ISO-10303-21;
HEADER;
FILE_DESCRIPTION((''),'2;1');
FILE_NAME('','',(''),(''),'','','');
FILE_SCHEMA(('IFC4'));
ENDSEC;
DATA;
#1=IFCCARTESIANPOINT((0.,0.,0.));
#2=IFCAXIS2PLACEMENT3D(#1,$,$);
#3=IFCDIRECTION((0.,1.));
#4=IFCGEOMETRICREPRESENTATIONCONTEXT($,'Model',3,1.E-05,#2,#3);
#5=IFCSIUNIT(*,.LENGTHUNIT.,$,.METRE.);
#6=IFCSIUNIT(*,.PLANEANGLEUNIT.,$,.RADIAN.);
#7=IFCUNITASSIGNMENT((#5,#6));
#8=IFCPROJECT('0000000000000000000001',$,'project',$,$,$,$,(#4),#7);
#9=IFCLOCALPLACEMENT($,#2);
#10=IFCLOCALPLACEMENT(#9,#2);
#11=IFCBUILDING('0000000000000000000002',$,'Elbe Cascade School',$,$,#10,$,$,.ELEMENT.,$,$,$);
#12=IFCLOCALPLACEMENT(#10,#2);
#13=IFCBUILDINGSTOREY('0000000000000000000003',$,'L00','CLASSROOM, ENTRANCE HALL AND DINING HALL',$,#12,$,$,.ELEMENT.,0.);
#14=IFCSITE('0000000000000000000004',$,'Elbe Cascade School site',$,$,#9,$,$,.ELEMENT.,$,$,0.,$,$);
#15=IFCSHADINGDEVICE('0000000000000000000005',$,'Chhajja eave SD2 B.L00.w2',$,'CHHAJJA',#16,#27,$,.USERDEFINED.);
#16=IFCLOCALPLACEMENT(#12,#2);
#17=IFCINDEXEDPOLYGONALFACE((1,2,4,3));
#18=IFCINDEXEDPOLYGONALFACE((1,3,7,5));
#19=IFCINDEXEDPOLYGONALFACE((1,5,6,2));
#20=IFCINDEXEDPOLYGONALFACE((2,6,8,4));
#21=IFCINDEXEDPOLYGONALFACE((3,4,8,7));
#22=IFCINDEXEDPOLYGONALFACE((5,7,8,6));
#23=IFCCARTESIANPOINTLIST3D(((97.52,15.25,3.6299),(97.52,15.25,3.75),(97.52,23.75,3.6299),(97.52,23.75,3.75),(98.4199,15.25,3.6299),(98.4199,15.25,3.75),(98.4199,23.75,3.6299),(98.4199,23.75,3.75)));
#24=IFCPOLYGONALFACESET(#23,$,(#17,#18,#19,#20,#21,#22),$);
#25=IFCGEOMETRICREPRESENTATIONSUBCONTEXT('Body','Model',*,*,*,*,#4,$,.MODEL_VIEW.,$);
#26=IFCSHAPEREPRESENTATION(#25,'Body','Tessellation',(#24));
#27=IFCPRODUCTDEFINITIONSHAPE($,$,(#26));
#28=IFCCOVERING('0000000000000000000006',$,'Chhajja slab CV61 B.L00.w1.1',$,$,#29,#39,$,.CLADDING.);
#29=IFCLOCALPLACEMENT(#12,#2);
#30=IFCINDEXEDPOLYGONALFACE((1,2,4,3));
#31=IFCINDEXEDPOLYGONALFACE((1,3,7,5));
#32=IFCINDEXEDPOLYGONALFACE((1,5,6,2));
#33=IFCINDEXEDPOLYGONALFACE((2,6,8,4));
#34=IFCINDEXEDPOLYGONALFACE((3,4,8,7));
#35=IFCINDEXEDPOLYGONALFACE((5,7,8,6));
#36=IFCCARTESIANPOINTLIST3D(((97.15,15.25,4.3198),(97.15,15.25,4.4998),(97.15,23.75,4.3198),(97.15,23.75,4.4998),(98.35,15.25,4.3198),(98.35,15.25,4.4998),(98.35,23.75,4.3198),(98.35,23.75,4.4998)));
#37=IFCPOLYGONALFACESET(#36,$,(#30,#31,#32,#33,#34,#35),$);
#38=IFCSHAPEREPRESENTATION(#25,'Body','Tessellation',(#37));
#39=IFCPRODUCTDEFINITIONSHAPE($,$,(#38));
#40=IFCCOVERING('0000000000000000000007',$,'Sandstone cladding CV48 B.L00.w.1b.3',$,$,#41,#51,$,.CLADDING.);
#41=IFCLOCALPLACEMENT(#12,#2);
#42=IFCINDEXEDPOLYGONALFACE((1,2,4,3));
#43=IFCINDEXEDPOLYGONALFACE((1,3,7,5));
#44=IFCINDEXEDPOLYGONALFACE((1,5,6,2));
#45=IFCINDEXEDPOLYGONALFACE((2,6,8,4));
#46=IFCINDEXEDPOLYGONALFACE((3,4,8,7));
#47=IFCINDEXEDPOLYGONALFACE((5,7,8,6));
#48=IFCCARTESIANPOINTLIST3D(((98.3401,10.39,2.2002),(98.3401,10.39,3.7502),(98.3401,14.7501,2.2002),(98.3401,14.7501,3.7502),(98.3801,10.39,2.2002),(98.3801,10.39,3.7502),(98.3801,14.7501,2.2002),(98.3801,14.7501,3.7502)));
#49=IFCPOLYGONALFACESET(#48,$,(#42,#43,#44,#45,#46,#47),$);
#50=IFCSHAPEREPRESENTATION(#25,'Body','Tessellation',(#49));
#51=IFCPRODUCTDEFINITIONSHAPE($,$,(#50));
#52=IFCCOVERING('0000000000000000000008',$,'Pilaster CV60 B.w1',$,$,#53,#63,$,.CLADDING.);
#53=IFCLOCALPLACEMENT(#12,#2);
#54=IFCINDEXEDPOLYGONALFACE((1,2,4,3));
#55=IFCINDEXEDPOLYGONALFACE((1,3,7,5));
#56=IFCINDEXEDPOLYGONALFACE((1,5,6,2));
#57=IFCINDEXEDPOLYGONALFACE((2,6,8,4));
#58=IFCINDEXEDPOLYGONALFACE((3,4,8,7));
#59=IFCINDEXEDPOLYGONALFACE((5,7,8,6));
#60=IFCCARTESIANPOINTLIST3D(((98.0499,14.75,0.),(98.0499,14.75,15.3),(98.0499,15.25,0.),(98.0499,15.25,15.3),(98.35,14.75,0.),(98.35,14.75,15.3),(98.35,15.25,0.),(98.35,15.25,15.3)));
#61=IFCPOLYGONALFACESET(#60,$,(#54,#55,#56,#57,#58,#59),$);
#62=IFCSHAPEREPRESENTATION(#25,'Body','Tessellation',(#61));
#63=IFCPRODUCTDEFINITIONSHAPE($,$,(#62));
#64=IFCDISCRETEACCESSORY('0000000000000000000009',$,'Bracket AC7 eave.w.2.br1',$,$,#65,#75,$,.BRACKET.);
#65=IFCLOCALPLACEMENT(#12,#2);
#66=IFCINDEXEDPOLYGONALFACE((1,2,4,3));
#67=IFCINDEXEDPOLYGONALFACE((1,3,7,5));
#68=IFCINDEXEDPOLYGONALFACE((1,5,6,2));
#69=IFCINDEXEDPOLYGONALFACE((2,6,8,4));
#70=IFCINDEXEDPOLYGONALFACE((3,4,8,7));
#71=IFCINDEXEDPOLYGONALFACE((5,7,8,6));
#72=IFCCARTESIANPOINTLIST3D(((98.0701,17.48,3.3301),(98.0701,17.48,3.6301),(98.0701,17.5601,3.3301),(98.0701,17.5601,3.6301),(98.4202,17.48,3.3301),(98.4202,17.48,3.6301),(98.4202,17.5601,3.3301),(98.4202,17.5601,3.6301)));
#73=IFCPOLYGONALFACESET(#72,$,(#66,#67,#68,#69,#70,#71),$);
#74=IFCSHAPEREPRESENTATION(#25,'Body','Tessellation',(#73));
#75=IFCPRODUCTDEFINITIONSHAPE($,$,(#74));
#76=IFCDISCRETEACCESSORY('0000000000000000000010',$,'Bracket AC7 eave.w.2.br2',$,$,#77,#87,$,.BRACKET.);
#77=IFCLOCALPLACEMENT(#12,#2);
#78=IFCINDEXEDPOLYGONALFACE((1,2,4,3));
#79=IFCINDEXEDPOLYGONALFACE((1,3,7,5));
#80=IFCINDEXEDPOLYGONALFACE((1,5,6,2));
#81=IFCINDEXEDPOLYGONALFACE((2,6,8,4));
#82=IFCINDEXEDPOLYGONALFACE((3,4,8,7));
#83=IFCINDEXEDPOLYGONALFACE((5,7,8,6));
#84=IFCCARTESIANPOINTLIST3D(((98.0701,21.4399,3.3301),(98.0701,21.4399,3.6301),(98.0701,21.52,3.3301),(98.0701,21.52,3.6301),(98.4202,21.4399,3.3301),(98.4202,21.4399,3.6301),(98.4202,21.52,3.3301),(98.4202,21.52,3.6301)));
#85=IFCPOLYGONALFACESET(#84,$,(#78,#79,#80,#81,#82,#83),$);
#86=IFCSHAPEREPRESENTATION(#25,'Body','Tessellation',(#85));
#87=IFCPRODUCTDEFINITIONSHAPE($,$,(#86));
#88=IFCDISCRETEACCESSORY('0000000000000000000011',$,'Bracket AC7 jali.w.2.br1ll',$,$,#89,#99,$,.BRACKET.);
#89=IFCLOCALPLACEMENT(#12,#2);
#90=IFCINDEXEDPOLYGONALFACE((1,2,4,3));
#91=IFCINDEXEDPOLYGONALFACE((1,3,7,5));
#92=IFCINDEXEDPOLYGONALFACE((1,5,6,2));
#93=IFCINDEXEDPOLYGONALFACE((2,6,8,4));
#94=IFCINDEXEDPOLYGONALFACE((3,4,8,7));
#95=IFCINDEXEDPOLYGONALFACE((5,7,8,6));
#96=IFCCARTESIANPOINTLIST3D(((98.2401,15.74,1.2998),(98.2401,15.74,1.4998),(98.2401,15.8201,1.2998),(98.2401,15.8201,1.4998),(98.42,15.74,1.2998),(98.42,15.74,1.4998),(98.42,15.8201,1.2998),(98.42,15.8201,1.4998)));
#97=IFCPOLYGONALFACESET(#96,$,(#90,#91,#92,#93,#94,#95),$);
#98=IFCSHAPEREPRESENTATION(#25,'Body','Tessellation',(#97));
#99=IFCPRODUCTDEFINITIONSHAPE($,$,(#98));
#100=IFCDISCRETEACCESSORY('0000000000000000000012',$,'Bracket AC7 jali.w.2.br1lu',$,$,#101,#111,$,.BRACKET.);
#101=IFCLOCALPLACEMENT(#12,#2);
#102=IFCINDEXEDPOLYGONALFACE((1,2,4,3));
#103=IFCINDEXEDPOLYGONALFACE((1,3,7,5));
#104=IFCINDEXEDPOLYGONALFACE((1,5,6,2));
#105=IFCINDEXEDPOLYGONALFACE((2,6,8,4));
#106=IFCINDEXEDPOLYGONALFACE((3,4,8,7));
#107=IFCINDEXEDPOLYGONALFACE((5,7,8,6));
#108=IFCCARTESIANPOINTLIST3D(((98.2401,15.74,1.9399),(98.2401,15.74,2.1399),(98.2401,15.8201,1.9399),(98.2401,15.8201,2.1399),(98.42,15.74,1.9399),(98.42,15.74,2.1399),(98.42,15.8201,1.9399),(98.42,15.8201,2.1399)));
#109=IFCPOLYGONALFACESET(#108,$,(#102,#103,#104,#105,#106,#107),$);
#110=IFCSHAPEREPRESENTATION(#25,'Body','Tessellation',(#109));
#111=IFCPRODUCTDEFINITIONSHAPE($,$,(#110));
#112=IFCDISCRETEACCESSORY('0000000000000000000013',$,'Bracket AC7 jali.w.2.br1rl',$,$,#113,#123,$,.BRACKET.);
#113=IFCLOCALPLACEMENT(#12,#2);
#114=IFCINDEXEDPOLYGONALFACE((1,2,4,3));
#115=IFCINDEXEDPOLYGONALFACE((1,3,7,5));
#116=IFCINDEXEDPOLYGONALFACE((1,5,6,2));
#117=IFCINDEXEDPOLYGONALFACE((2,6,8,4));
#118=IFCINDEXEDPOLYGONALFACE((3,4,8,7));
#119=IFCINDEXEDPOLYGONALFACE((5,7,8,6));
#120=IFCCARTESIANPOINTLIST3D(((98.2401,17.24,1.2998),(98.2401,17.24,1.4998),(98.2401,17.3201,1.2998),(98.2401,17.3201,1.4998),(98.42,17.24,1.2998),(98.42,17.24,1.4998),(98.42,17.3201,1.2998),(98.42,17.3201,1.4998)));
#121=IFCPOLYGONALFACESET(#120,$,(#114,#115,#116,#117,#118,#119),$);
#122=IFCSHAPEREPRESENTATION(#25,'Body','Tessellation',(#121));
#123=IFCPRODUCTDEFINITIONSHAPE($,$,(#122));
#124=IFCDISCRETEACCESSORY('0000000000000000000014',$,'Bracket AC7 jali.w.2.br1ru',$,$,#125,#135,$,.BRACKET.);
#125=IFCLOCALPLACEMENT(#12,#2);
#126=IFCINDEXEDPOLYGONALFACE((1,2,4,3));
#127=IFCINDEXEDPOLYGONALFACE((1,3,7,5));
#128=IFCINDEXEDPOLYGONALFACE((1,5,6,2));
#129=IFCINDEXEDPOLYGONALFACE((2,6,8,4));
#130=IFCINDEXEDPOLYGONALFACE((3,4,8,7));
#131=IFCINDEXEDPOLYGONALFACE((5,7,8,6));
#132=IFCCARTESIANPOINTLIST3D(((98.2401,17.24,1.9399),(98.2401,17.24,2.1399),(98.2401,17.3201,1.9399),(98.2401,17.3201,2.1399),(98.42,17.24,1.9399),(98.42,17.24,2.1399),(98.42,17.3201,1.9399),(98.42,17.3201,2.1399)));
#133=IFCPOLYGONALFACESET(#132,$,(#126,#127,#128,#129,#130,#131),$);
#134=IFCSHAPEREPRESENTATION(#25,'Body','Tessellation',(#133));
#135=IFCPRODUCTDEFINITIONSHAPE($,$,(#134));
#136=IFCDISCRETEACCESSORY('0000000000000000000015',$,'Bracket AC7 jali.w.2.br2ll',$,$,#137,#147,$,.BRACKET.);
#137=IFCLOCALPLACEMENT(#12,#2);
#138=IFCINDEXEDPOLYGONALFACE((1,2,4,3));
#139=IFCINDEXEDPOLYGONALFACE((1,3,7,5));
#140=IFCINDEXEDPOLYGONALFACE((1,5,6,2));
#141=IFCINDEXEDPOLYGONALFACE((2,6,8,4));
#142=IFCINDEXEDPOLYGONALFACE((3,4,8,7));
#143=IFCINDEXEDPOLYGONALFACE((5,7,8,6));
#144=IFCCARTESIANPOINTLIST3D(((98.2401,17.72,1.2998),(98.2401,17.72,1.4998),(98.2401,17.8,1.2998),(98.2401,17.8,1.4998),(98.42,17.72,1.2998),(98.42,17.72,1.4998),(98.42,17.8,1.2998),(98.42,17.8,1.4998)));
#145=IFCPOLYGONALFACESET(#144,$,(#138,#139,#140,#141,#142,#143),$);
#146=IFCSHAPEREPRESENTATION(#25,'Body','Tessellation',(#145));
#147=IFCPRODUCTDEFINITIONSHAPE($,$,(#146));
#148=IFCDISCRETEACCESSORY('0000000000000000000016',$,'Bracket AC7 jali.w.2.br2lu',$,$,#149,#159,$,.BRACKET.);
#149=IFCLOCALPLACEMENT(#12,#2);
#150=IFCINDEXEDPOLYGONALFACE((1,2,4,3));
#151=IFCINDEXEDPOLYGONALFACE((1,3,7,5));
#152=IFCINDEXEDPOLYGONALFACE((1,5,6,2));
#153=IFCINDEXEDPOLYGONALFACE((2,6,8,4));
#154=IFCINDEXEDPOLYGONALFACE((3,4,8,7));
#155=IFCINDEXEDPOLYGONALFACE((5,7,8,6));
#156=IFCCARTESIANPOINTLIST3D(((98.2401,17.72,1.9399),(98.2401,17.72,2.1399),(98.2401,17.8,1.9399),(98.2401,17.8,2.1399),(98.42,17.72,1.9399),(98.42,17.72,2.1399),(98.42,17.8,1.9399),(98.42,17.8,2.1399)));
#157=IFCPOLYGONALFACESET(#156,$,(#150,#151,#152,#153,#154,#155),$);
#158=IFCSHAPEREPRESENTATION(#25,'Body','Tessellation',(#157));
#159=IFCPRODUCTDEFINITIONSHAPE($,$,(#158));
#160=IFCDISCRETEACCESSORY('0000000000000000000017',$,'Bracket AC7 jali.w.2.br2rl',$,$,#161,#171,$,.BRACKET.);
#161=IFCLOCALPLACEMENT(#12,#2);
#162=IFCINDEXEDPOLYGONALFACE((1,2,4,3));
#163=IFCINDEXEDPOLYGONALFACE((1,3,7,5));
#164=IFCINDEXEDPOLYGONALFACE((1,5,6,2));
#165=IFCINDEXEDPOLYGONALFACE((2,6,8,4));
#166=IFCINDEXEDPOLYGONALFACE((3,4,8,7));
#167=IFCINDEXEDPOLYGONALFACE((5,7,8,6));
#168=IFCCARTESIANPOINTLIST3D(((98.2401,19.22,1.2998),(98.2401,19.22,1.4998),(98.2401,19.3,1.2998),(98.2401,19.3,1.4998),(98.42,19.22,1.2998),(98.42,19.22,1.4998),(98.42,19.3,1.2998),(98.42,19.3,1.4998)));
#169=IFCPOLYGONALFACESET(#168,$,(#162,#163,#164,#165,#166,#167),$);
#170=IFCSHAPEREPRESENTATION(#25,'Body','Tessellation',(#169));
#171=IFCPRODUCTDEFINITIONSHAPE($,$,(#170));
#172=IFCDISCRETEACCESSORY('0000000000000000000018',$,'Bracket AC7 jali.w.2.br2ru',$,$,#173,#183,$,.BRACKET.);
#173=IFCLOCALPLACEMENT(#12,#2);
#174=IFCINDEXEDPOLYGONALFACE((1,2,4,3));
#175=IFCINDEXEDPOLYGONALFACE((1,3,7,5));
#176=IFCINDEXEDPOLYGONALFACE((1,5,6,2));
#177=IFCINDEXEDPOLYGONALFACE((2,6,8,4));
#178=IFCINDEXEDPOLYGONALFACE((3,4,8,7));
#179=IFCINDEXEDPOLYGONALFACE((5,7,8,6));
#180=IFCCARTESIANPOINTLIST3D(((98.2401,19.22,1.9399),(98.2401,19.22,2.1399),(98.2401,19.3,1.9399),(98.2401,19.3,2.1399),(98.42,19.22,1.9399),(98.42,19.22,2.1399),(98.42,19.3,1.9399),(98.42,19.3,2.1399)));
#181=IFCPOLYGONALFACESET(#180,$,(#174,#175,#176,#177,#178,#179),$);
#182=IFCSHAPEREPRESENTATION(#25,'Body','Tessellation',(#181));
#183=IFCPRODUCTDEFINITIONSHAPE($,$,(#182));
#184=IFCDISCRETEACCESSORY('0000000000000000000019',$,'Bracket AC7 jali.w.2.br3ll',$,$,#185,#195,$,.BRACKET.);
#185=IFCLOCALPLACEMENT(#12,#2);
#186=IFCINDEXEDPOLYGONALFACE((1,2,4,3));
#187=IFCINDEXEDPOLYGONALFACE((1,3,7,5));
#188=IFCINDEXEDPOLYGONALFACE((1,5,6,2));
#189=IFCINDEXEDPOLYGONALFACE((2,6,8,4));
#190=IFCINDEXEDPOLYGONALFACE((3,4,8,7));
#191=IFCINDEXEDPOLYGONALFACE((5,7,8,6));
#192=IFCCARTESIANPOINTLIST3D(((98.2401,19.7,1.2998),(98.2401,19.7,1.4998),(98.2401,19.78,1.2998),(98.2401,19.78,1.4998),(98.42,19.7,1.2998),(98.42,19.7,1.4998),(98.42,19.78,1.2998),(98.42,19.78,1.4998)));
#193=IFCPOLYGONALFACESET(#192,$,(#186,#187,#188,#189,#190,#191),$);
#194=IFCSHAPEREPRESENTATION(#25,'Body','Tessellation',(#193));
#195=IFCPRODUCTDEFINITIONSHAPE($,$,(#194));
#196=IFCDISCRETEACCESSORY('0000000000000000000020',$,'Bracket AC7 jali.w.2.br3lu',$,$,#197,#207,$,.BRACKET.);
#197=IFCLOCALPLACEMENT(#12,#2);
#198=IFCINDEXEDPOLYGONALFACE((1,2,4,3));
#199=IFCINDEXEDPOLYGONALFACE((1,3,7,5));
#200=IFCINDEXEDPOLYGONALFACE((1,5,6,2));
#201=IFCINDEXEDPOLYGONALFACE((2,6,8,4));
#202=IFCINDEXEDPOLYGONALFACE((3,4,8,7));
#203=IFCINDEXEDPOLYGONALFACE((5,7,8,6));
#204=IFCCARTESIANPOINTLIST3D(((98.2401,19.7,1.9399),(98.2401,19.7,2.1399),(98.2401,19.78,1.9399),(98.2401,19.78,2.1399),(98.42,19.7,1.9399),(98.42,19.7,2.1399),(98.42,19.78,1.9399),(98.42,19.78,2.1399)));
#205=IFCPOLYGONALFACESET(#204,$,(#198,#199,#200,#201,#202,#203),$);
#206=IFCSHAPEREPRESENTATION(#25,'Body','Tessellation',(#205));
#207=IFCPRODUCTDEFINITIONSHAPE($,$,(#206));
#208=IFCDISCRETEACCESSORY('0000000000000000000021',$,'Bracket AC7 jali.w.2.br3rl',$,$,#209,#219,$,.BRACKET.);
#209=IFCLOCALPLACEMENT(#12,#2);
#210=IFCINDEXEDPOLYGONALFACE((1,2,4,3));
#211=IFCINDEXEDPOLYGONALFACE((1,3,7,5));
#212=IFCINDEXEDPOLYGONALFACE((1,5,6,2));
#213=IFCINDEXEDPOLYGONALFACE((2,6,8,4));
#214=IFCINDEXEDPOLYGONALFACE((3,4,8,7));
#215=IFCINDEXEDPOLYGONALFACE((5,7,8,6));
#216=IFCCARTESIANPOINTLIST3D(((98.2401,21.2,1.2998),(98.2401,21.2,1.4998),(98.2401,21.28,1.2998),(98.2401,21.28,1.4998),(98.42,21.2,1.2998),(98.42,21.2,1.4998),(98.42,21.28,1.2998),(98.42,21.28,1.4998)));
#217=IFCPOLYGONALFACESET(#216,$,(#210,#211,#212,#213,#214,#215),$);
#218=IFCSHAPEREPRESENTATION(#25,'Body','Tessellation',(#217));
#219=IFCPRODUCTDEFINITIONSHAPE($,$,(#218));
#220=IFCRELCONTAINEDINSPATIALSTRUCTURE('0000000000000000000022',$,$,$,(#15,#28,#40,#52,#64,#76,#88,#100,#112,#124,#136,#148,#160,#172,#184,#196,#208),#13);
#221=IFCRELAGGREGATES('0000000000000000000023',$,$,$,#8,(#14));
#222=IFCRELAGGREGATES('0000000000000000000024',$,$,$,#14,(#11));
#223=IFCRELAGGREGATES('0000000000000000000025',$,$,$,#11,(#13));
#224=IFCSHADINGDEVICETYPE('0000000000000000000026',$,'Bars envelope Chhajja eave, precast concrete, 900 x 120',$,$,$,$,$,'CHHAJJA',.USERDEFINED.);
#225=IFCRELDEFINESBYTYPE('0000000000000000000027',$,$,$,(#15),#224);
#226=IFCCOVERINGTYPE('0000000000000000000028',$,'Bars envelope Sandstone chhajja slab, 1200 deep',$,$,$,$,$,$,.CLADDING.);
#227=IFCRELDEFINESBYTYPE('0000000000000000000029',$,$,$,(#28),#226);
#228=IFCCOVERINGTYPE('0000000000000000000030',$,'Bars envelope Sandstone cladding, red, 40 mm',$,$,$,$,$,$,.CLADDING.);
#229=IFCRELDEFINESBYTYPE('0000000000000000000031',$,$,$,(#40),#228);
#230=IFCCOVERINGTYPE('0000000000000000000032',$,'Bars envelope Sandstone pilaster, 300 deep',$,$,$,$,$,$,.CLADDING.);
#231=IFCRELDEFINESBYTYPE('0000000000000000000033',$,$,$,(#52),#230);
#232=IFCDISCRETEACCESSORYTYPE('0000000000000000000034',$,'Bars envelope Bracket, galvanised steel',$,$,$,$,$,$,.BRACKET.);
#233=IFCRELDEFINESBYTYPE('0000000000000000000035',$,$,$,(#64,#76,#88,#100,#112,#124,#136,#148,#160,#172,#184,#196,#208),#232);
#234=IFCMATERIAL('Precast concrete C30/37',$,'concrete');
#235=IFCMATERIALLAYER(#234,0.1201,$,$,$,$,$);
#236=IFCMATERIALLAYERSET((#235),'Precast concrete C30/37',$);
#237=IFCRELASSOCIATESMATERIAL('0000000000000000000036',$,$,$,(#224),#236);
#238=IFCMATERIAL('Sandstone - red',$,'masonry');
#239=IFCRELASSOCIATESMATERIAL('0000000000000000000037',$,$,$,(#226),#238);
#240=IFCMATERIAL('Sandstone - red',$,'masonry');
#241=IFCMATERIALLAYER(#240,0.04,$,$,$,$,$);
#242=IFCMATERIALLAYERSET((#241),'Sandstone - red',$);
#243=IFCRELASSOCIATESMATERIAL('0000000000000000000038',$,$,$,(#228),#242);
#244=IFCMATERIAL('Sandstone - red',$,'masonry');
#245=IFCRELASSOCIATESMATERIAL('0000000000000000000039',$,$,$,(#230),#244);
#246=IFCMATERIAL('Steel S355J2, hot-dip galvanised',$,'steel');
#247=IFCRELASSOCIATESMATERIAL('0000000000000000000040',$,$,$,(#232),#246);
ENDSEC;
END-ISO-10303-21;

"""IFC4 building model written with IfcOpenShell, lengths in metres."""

from ifc_helpers import new_model, si_unit, direction, frame, origin, origin_2d, place, context, subcontext, project, spatial, rectangle, extrude, material, layer, layer_set, type_object, element, save


model = new_model("IFC4")

# Units and contexts
model_context = context("Model", 3, precision=1e-05, world=origin(), true_north=direction((0.0, 1.0)))
body_context = subcontext(model_context, "Body", "Model", "MODEL_VIEW")
ifc_project = project(units=[si_unit("LENGTHUNIT", "METRE"), si_unit("PLANEANGLEUNIT", "RADIAN")], contexts=[model_context])

# Site, building, storey
site_placement = place(None, origin())
site = spatial("IfcSite", under=ifc_project, at=site_placement, Name="Elbe Cascade School site", CompositionType="ELEMENT", RefElevation=0.0)
building_placement = place(site_placement, origin())
building = spatial("IfcBuilding", under=site, at=building_placement, Name="Elbe Cascade School", CompositionType="ELEMENT")
storey_placement = place(building_placement, origin())
storey = spatial("IfcBuildingStorey", under=building, at=storey_placement, Name="L00", Description="CLASSROOM, ENTRANCE HALL AND DINING HALL", CompositionType="ELEMENT", Elevation=0.0)

# Shading device
ifc_material_1 = material(Name="Precast concrete C30/37", Category="concrete")
ifc_layer_1 = layer(ifc_material_1, 0.1201)
ifc_layer_set_1 = layer_set([ifc_layer_1], Name="Precast concrete C30/37")
shading_device_type_1 = type_object("IfcShadingDeviceType", Name="Bars envelope Chhajja eave, precast concrete, 900 x 120", ElementType="CHHAJJA", PredefinedType="USERDEFINED", material=ifc_layer_set_1)
shading_device_1_placement = place(storey_placement, frame((97.97, 19.5, 3.6299), z_axis=(0.0, 0.0, 1.0), x_axis=(0.0, 1.0, 0.0)))
element("IfcShadingDevice", 1, at=shading_device_1_placement, inside=storey, type_object=shading_device_type_1, Name="Chhajja eave SD2 B.L00.w2", ObjectType="CHHAJJA", PredefinedType="USERDEFINED", context=body_context, shape_type="SweptSolid", body=[
    extrude(rectangle(XDim=8.5, YDim=0.8999, at=origin_2d()), origin(), (0.0, 0.0, 1.0), 0.1201),
])

# Coverings
ifc_material_2 = material(Name="Sandstone - red", Category="masonry")
covering_type_1 = type_object("IfcCoveringType", Name="Bars envelope Sandstone chhajja slab, 1200 deep", PredefinedType="CLADDING", material=ifc_material_2)
covering_1_placement = place(storey_placement, frame((97.75, 19.5, 4.3198), z_axis=(0.0, 0.0, 1.0), x_axis=(0.0, 1.0, 0.0)))
element("IfcCovering", 2, at=covering_1_placement, inside=storey, type_object=covering_type_1, Name="Chhajja slab CV61 B.L00.w1.1", PredefinedType="CLADDING", context=body_context, shape_type="SweptSolid", body=[
    extrude(rectangle(XDim=8.5, YDim=1.2, at=origin_2d()), origin(), (0.0, 0.0, 1.0), 0.1799),
])
ifc_material_3 = material(Name="Sandstone - red", Category="masonry")
ifc_layer_2 = layer(ifc_material_3, 0.04)
ifc_layer_set_2 = layer_set([ifc_layer_2], Name="Sandstone - red")
covering_type_2 = type_object("IfcCoveringType", Name="Bars envelope Sandstone cladding, red, 40 mm", PredefinedType="CLADDING", material=ifc_layer_set_2)
covering_2_placement = place(storey_placement, frame((98.3601, 12.5701, 2.2002), z_axis=(0.0, 0.0, 1.0), x_axis=(0.0, 1.0, 0.0)))
element("IfcCovering", 3, at=covering_2_placement, inside=storey, type_object=covering_type_2, Name="Sandstone cladding CV48 B.L00.w.1b.3", PredefinedType="CLADDING", context=body_context, shape_type="SweptSolid", body=[
    extrude(rectangle(XDim=4.3601, YDim=0.04, at=origin_2d()), origin(), (0.0, 0.0, 1.0), 1.55),
])
ifc_material_4 = material(Name="Sandstone - red", Category="masonry")
covering_type_3 = type_object("IfcCoveringType", Name="Bars envelope Sandstone pilaster, 300 deep", PredefinedType="CLADDING", material=ifc_material_4)
covering_3_placement = place(storey_placement, frame((98.2, 15.0, 0.0), z_axis=(0.0, 0.0, 1.0), x_axis=(0.0, 1.0, 0.0)))
element("IfcCovering", 4, at=covering_3_placement, inside=storey, type_object=covering_type_3, Name="Pilaster CV60 B.w1", PredefinedType="CLADDING", context=body_context, shape_type="SweptSolid", body=[
    extrude(rectangle(XDim=0.5, YDim=0.3, at=origin_2d()), origin(), (0.0, 0.0, 1.0), 15.3),
])

# Discrete accessories
ifc_material_5 = material(Name="Steel S355J2, hot-dip galvanised", Category="steel")
discrete_accessory_type = type_object("IfcDiscreteAccessoryType", Name="Bars envelope Bracket, galvanised steel", PredefinedType="BRACKET", material=ifc_material_5)
for number, where, z_axis, x_axis, name in (
    (5, (98.2451, 17.52, 3.3301), (0.0, 0.0, 1.0), (0.0, 1.0, 0.0), "Bracket AC7 eave.w.2.br1"),
    (6, (98.2451, 21.48, 3.3301), (0.0, 0.0, 1.0), (0.0, 1.0, 0.0), "Bracket AC7 eave.w.2.br2"),
):
    element("IfcDiscreteAccessory", number, at=place(storey_placement, frame(where, z_axis=z_axis, x_axis=x_axis)), inside=storey, type_object=discrete_accessory_type, Name=name, PredefinedType="BRACKET", context=body_context, shape_type="SweptSolid", body=[
        extrude(rectangle(XDim=0.0801, YDim=0.3501, at=origin_2d()), origin(), (0.0, 0.0, 1.0), 0.3),
    ])
for number, where, z_axis, x_axis, name in (
    (7, (98.3301, 15.78, 1.2998), (0.0, 0.0, 1.0), (0.0, 1.0, 0.0), "Bracket AC7 jali.w.2.br1ll"),
    (8, (98.3301, 15.78, 1.9399), (0.0, 0.0, 1.0), (0.0, 1.0, 0.0), "Bracket AC7 jali.w.2.br1lu"),
    (9, (98.3301, 17.28, 1.2998), (0.0, 0.0, 1.0), (0.0, 1.0, 0.0), "Bracket AC7 jali.w.2.br1rl"),
    (10, (98.3301, 17.28, 1.9399), (0.0, 0.0, 1.0), (0.0, 1.0, 0.0), "Bracket AC7 jali.w.2.br1ru"),
    (11, (98.3301, 17.76, 1.2998), (0.0, 0.0, 1.0), (0.0, 1.0, 0.0), "Bracket AC7 jali.w.2.br2ll"),
    (12, (98.3301, 17.76, 1.9399), (0.0, 0.0, 1.0), (0.0, 1.0, 0.0), "Bracket AC7 jali.w.2.br2lu"),
    (13, (98.3301, 19.26, 1.2998), (0.0, 0.0, 1.0), (0.0, 1.0, 0.0), "Bracket AC7 jali.w.2.br2rl"),
    (14, (98.3301, 19.26, 1.9399), (0.0, 0.0, 1.0), (0.0, 1.0, 0.0), "Bracket AC7 jali.w.2.br2ru"),
    (15, (98.3301, 19.74, 1.2998), (0.0, 0.0, 1.0), (0.0, 1.0, 0.0), "Bracket AC7 jali.w.2.br3ll"),
    (16, (98.3301, 19.74, 1.9399), (0.0, 0.0, 1.0), (0.0, 1.0, 0.0), "Bracket AC7 jali.w.2.br3lu"),
    (17, (98.3301, 21.24, 1.2998), (0.0, 0.0, 1.0), (0.0, 1.0, 0.0), "Bracket AC7 jali.w.2.br3rl"),
):
    element("IfcDiscreteAccessory", number, at=place(storey_placement, frame(where, z_axis=z_axis, x_axis=x_axis)), inside=storey, type_object=discrete_accessory_type, Name=name, PredefinedType="BRACKET", context=body_context, shape_type="SweptSolid", body=[
        extrude(rectangle(XDim=0.0801, YDim=0.1799, at=origin_2d()), origin(), (0.0, 0.0, 1.0), 0.2),
    ])

save(model, "model.ifc")
